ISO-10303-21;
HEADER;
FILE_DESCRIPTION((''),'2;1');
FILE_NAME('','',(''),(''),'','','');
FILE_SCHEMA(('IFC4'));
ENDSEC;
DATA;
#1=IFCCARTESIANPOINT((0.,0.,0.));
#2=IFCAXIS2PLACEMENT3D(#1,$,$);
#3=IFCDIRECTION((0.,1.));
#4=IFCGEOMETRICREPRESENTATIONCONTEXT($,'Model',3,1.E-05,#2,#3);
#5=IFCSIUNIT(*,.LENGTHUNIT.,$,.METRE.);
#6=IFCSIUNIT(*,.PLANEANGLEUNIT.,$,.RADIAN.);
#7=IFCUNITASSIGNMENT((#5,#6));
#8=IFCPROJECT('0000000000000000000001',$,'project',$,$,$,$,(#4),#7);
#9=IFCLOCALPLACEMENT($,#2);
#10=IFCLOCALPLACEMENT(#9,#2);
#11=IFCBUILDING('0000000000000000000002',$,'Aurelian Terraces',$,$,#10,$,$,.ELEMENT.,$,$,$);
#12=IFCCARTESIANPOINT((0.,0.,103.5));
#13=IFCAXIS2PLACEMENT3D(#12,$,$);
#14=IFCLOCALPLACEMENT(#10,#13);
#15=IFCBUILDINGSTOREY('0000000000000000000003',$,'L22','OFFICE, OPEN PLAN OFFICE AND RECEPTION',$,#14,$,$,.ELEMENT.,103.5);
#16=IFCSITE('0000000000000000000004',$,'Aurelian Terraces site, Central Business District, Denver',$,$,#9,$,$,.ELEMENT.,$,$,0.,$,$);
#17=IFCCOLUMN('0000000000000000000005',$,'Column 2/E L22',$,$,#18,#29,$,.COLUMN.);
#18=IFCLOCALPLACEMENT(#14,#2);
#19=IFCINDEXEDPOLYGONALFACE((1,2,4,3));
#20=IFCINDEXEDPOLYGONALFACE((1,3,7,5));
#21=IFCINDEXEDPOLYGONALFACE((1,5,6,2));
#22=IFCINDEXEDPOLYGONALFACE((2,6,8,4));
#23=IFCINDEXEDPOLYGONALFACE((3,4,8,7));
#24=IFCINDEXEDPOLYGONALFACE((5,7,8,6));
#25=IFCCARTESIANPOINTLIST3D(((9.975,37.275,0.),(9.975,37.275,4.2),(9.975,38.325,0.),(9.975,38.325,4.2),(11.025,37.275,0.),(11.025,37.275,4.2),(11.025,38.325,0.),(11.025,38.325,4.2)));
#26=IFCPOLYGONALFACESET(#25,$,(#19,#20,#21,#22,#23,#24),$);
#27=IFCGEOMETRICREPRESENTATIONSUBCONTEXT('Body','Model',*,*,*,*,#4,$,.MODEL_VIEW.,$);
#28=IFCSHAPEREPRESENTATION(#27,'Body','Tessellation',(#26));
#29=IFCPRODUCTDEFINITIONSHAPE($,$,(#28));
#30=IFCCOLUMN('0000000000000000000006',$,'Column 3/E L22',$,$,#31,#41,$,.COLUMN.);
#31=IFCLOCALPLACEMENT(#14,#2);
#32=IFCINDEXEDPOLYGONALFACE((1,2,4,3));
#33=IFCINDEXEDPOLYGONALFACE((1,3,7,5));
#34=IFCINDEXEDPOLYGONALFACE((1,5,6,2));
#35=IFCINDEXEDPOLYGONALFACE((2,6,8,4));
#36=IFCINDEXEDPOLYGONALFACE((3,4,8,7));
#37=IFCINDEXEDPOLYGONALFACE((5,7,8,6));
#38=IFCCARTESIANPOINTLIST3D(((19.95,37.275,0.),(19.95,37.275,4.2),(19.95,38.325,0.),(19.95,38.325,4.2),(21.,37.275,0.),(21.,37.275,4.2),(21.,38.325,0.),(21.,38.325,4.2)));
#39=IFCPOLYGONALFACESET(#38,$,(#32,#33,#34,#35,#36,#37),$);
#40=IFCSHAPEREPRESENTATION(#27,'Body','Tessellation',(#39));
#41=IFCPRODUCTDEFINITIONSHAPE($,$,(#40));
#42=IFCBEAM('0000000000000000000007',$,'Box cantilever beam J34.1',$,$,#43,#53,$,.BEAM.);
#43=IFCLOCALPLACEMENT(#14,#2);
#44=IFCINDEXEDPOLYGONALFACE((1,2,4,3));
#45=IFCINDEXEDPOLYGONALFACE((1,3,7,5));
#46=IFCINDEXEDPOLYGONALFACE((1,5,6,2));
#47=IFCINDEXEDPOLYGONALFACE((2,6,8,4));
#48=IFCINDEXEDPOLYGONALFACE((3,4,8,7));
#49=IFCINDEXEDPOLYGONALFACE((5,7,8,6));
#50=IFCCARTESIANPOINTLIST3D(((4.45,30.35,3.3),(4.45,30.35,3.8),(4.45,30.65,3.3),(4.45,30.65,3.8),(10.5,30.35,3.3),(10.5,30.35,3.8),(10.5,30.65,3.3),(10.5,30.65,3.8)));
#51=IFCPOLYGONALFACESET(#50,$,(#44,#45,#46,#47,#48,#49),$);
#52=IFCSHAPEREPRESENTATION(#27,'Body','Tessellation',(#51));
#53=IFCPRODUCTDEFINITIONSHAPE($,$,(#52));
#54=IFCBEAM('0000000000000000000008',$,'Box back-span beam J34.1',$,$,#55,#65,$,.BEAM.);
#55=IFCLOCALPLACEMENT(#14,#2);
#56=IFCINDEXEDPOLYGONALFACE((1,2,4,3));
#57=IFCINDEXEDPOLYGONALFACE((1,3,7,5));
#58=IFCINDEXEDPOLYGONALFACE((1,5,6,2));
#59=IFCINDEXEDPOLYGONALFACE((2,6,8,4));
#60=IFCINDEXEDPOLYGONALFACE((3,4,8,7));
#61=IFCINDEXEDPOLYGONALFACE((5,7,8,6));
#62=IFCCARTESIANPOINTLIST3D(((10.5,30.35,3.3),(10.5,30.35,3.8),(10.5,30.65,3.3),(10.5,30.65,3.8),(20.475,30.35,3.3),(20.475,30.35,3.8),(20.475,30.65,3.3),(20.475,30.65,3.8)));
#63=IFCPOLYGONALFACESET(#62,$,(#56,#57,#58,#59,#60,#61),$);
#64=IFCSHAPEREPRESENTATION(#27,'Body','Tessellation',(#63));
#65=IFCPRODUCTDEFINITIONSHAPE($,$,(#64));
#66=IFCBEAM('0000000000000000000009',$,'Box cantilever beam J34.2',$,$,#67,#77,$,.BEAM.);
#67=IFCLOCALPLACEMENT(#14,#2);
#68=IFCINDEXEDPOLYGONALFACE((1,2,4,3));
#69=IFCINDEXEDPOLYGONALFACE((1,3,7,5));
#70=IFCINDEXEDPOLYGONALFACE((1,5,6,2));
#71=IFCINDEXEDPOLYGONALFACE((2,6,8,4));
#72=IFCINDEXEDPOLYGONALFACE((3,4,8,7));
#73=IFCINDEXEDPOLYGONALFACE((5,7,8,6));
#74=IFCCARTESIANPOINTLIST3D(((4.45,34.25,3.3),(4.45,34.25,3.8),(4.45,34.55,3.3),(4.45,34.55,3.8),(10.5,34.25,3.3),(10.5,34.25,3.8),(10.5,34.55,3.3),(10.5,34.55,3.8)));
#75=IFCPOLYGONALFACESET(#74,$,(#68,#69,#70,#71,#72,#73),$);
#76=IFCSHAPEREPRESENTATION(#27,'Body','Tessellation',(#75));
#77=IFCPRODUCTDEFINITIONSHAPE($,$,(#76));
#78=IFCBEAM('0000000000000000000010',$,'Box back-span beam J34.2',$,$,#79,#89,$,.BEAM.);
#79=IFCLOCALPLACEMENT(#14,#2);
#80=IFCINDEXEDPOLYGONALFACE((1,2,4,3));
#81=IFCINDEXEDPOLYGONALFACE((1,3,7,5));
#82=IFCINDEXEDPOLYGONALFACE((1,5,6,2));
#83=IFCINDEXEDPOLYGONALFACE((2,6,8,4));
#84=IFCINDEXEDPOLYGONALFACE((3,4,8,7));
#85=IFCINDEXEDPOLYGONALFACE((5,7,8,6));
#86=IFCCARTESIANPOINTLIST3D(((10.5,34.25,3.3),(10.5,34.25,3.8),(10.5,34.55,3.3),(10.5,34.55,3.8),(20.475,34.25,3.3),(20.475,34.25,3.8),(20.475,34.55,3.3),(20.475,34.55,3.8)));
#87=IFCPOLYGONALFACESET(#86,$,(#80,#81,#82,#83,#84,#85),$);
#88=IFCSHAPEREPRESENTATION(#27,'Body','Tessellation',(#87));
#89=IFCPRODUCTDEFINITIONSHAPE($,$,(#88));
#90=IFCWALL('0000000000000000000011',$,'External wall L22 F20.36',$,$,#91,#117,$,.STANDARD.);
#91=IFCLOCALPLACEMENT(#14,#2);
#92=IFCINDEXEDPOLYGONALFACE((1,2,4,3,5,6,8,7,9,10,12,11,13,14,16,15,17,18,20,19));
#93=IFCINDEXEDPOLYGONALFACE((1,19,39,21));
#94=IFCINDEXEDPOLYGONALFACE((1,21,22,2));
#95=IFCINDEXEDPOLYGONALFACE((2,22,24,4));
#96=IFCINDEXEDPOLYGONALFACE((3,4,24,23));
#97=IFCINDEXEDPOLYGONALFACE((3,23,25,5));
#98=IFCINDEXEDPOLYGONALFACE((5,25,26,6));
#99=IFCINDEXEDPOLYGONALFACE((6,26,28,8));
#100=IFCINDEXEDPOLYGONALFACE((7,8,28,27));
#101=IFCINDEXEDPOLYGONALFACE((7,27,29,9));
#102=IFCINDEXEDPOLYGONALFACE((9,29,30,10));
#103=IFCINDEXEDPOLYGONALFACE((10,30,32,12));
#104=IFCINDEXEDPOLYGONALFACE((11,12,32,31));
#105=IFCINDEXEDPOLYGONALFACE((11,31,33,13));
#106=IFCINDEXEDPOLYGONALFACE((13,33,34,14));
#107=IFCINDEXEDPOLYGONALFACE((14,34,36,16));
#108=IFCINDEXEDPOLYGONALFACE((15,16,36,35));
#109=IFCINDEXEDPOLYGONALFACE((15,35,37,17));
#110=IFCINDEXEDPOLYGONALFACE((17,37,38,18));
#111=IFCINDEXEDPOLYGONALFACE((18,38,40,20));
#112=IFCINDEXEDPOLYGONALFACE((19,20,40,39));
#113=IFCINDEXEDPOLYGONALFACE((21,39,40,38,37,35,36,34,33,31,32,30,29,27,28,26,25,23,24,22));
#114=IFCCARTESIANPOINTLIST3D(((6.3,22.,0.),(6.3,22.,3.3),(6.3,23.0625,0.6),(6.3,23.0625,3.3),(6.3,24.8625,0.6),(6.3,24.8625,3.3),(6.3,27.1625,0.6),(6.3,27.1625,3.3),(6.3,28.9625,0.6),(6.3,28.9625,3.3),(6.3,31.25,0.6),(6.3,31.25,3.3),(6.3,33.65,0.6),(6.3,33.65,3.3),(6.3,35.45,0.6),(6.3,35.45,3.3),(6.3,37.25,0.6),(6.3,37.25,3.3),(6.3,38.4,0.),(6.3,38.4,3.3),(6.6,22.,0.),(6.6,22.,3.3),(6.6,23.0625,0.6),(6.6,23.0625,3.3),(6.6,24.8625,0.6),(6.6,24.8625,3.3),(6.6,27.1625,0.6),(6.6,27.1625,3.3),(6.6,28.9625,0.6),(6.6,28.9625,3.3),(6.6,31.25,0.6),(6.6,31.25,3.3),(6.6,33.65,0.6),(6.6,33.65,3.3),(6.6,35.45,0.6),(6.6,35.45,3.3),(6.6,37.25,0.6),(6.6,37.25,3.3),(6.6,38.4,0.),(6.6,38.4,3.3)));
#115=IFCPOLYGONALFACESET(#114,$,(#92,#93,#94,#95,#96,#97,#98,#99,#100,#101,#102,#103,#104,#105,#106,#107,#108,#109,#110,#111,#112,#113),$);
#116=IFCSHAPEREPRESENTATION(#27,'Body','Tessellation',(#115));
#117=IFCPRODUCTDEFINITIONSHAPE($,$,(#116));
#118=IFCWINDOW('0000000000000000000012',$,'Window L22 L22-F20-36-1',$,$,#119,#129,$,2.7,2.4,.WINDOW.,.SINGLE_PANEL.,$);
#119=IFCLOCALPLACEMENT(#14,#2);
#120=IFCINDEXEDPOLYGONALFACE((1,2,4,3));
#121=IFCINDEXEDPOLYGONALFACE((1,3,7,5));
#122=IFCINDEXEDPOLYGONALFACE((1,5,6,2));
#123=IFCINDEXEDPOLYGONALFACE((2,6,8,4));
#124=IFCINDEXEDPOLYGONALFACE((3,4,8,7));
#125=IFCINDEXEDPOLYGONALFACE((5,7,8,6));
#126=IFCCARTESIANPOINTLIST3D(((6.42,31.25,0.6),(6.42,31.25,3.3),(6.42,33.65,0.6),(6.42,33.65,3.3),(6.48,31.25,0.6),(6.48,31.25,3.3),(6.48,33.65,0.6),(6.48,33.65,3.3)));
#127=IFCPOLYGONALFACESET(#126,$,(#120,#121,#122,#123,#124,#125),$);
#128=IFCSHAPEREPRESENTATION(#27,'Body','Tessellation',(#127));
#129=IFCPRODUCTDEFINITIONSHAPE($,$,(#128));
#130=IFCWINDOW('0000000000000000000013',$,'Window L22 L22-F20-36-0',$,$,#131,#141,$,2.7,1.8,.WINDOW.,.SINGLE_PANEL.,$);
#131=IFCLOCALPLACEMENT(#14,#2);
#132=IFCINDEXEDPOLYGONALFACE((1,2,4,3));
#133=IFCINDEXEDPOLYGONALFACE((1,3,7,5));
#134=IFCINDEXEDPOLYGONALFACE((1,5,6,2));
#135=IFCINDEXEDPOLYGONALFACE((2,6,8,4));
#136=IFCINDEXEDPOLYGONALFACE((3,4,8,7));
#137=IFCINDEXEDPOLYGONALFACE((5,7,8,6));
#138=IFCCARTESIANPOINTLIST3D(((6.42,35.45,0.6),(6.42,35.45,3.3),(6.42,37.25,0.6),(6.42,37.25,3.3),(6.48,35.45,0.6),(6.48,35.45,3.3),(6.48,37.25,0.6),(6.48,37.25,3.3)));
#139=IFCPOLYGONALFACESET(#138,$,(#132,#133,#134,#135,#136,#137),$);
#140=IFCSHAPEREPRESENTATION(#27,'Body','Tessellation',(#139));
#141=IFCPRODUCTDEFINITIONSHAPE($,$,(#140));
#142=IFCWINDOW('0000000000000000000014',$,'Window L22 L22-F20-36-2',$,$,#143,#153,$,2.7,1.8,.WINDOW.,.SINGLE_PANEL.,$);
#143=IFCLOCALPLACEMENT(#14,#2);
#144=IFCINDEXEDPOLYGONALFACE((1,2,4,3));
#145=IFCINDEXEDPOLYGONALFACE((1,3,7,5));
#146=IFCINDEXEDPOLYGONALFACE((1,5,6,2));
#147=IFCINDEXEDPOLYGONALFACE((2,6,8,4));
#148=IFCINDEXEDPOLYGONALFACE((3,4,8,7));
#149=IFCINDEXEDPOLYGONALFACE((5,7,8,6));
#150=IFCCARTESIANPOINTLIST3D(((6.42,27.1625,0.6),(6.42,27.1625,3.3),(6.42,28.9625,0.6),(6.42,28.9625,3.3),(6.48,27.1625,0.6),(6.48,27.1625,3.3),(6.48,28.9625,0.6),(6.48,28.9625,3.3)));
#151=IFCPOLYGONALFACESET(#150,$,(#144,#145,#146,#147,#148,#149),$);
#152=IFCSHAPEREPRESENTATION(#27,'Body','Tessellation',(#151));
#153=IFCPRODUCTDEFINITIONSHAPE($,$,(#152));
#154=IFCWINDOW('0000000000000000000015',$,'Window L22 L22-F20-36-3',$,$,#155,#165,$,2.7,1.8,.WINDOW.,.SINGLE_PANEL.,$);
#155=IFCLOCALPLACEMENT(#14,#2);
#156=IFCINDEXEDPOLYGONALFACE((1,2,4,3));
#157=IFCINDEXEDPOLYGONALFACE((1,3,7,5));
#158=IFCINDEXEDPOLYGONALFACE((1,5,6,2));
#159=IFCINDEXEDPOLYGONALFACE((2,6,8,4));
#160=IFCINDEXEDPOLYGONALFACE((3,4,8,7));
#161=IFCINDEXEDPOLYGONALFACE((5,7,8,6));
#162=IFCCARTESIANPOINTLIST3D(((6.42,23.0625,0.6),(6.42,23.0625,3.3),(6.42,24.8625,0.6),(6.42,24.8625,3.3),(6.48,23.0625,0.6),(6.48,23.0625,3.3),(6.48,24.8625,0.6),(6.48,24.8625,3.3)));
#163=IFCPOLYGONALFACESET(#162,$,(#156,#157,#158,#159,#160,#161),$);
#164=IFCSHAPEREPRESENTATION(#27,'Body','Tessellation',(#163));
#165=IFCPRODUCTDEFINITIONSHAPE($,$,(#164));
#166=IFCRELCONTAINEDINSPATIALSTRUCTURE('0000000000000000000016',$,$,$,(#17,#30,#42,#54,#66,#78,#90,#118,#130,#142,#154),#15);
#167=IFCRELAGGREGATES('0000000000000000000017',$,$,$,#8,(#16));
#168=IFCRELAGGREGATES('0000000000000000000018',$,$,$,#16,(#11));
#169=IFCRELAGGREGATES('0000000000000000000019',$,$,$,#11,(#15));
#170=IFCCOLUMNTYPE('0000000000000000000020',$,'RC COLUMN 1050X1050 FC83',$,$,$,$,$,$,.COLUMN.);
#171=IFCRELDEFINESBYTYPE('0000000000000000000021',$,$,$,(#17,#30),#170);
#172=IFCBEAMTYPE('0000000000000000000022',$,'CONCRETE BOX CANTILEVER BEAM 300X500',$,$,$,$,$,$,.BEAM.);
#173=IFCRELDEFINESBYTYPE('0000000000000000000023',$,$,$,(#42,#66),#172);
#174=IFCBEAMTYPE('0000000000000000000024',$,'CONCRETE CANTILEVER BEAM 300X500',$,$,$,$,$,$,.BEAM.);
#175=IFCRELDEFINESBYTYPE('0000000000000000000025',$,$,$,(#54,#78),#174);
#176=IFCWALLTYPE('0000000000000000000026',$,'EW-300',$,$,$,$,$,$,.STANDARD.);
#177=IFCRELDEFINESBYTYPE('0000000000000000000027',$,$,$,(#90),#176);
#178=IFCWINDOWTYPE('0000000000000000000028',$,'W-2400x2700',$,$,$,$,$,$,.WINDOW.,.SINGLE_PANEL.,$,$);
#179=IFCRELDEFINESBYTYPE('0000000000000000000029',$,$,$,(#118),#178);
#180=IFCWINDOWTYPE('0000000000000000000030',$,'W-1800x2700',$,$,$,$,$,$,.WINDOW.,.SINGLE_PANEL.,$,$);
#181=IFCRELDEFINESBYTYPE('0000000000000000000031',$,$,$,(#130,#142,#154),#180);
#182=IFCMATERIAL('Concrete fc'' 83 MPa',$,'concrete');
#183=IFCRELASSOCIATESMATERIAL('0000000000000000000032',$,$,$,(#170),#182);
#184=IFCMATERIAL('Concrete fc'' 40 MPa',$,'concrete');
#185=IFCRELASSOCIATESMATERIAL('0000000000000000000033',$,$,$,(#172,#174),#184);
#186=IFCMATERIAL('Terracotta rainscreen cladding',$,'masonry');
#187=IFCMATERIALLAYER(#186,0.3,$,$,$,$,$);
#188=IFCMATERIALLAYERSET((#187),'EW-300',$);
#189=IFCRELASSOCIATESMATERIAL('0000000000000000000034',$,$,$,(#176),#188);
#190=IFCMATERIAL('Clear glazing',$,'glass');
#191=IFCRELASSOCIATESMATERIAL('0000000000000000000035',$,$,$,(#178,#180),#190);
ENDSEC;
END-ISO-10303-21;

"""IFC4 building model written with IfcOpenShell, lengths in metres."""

from ifc_helpers import new_model, si_unit, direction, frame, frame_2d, origin, origin_2d, place, context, subcontext, project, spatial, rectangle, extrude, source, transform, mapped, material, layer, layer_set, material_profile, profile_set, type_object, element, fill, save


model = new_model("IFC4")

# Units and contexts
model_context = context("Model", 3, precision=1e-05, world=origin(), true_north=direction((0.0, 1.0)))
body_context = subcontext(model_context, "Body", "Model", "MODEL_VIEW")
ifc_project = project(units=[si_unit("LENGTHUNIT", "METRE"), si_unit("PLANEANGLEUNIT", "RADIAN")], contexts=[model_context])

# Site, building, storey
site_placement = place(None, origin())
site = spatial("IfcSite", under=ifc_project, at=site_placement, Name="Aurelian Terraces site, Central Business District, Denver", CompositionType="ELEMENT", RefElevation=0.0)
building_placement = place(site_placement, origin())
building = spatial("IfcBuilding", under=site, at=building_placement, Name="Aurelian Terraces", CompositionType="ELEMENT")
storey_placement = place(building_placement, frame((0.0, 0.0, 103.5)))
storey = spatial("IfcBuildingStorey", under=building, at=storey_placement, Name="L22", Description="OFFICE, OPEN PLAN OFFICE AND RECEPTION", CompositionType="ELEMENT", Elevation=103.5)

# Columns
ifc_material_1 = material(Name="Concrete fc' 83 MPa", Category="concrete")
ifc_material_profile_1 = material_profile(ifc_material_1, rectangle(XDim=1.05, YDim=1.05, at=origin_2d()))
ifc_profile_set_1 = profile_set([ifc_material_profile_1], Name="Concrete fc' 83 MPa")
column_type = type_object("IfcColumnType", Name="RC COLUMN 1050X1050 FC83", PredefinedType="COLUMN", material=ifc_profile_set_1)
shared_shape_1 = source(origin(), body_context, "Body", "SweptSolid", [
    extrude(rectangle(XDim=1.05, YDim=1.05, at=origin_2d()), origin(), (0.0, 0.0, 1.0), 4.2),
])
for number, where, z_axis, x_axis, name in (
    (1, (10.5, 37.8, 0.0), (0.0, 0.0, 1.0), (1.0, 0.0, 0.0), "Column 2/E L22"),
    (2, (20.475, 37.8, 0.0), (0.0, 0.0, 1.0), (1.0, 0.0, 0.0), "Column 3/E L22"),
):
    element("IfcColumn", number, at=place(storey_placement, frame(where, z_axis=z_axis, x_axis=x_axis)), inside=storey, type_object=column_type, Name=name, PredefinedType="COLUMN", context=body_context, shape_type="MappedRepresentation", body=[
        mapped(shared_shape_1, transform((0.0, 0.0, 0.0), scale=1.0)),
    ])

# Beams
ifc_material_2 = material(Name="Concrete fc' 40 MPa", Category="concrete")
ifc_material_profile_2 = material_profile(ifc_material_2, rectangle(XDim=0.3, YDim=0.5, at=origin_2d()))
ifc_profile_set_2 = profile_set([ifc_material_profile_2], Name="Concrete fc' 40 MPa")
beam_type_1 = type_object("IfcBeamType", Name="CONCRETE BOX CANTILEVER BEAM 300X500", PredefinedType="BEAM", material=ifc_profile_set_2)
beam_1_placement = place(storey_placement, frame((4.45, 30.5, 3.55), z_axis=(1.0, 0.0, 0.0), x_axis=(0.0, 1.0, 0.0)))
element("IfcBeam", 3, at=beam_1_placement, inside=storey, type_object=beam_type_1, Name="Box cantilever beam J34.1", PredefinedType="BEAM", context=body_context, shape_type="SweptSolid", body=[
    extrude(rectangle(XDim=0.3, YDim=0.5, at=origin_2d()), origin(), (0.0, 0.0, 1.0), 6.05),
])
ifc_material_profile_3 = material_profile(ifc_material_2, rectangle(XDim=0.3, YDim=0.5, at=origin_2d()))
ifc_profile_set_3 = profile_set([ifc_material_profile_3], Name="Concrete fc' 40 MPa")
beam_type_2 = type_object("IfcBeamType", Name="CONCRETE CANTILEVER BEAM 300X500", PredefinedType="BEAM", material=ifc_profile_set_3)
beam_2_placement = place(storey_placement, frame((10.5, 30.5, 3.55), z_axis=(1.0, 0.0, 0.0), x_axis=(0.0, 1.0, 0.0)))
element("IfcBeam", 4, at=beam_2_placement, inside=storey, type_object=beam_type_2, Name="Box back-span beam J34.1", PredefinedType="BEAM", context=body_context, shape_type="SweptSolid", body=[
    extrude(rectangle(XDim=0.3, YDim=0.5, at=origin_2d()), origin(), (0.0, 0.0, 1.0), 9.975),
])
shared_shape_2 = source(origin(), body_context, "Body", "SweptSolid", [
    extrude(rectangle(XDim=0.3, YDim=0.5, at=origin_2d()), origin(), (0.0, 0.0, 1.0), 6.05),
])
beam_3_placement = place(storey_placement, frame((4.45, 34.4, 3.55), z_axis=(1.0, 0.0, 0.0), x_axis=(0.0, 1.0, 0.0)))
element("IfcBeam", 5, at=beam_3_placement, inside=storey, type_object=beam_type_1, Name="Box cantilever beam J34.2", PredefinedType="BEAM", context=body_context, shape_type="MappedRepresentation", body=[
    mapped(shared_shape_2, transform((0.0, 0.0, 0.0), scale=1.0)),
])
shared_shape_3 = source(origin(), body_context, "Body", "SweptSolid", [
    extrude(rectangle(XDim=0.3, YDim=0.5, at=origin_2d()), origin(), (0.0, 0.0, 1.0), 9.975),
])
beam_4_placement = place(storey_placement, frame((10.5, 34.4, 3.55), z_axis=(1.0, 0.0, 0.0), x_axis=(0.0, 1.0, 0.0)))
element("IfcBeam", 6, at=beam_4_placement, inside=storey, type_object=beam_type_2, Name="Box back-span beam J34.2", PredefinedType="BEAM", context=body_context, shape_type="MappedRepresentation", body=[
    mapped(shared_shape_3, transform((0.0, 0.0, 0.0), scale=1.0)),
])

# Wall, openings, windows
ifc_material_3 = material(Name="Terracotta rainscreen cladding", Category="masonry")
ifc_layer_1 = layer(ifc_material_3, 0.3)
ifc_layer_set_1 = layer_set([ifc_layer_1], Name="EW-300")
wall_type_1 = type_object("IfcWallType", Name="EW-300", PredefinedType="STANDARD", material=ifc_layer_set_1)
wall_1_placement = place(storey_placement, frame((6.45, 38.4, 0.0), z_axis=(0.0, 0.0, 1.0), x_axis=(0.0, -1.0, 0.0)))
wall_1 = element("IfcWall", 7, at=wall_1_placement, inside=storey, type_object=wall_type_1, Name="External wall L22 F20.36", PredefinedType="STANDARD", context=body_context, shape_type="SweptSolid", body=[
    extrude(rectangle(XDim=16.4, YDim=0.3, at=frame_2d((8.2, 0.0))), origin(), (0.0, 0.0, 1.0), 3.3),
])
shared_shape_4 = source(origin(), body_context, "Body", "SweptSolid", [
    extrude(rectangle(XDim=1.8, YDim=2.7, at=frame_2d((0.9, 1.35))), frame((0.0, 0.16, 0.0), z_axis=(0.0, -1.0, 0.0), x_axis=(1.0, 0.0, 0.0)), (0.0, 0.0, 1.0), 0.32),
])
opening_1_placement = place(wall_1_placement, frame((1.15, 0.0, 0.6)))
opening_1 = element("IfcOpeningElement", 8, at=opening_1_placement, cuts=wall_1, PredefinedType="OPENING", context=body_context, shape_type="MappedRepresentation", body=[
    mapped(shared_shape_4, transform((0.0, 0.0, 0.0), scale=1.0)),
])
shared_shape_5 = source(origin(), body_context, "Body", "SweptSolid", [
    extrude(rectangle(XDim=2.4, YDim=2.7, at=frame_2d((1.2, 1.35))), frame((0.0, 0.16, 0.0), z_axis=(0.0, -1.0, 0.0), x_axis=(1.0, 0.0, 0.0)), (0.0, 0.0, 1.0), 0.32),
])
opening_2_placement = place(wall_1_placement, frame((4.75, 0.0, 0.6)))
opening_2 = element("IfcOpeningElement", 9, at=opening_2_placement, cuts=wall_1, PredefinedType="OPENING", context=body_context, shape_type="MappedRepresentation", body=[
    mapped(shared_shape_5, transform((0.0, 0.0, 0.0), scale=1.0)),
])
opening_3_placement = place(wall_1_placement, frame((9.4375, 0.0, 0.6)))
opening_3 = element("IfcOpeningElement", 10, at=opening_3_placement, cuts=wall_1, PredefinedType="OPENING", context=body_context, shape_type="MappedRepresentation", body=[
    mapped(shared_shape_4, transform((0.0, 0.0, 0.0), scale=1.0)),
])
opening_4_placement = place(wall_1_placement, frame((13.5375, 0.0, 0.6)))
opening_4 = element("IfcOpeningElement", 11, at=opening_4_placement, cuts=wall_1, PredefinedType="OPENING", context=body_context, shape_type="MappedRepresentation", body=[
    mapped(shared_shape_4, transform((0.0, 0.0, 0.0), scale=1.0)),
])
ifc_material_4 = material(Name="Clear glazing", Category="glass")
window_type_1 = type_object("IfcWindowType", Name="W-2400x2700", PartitioningType="SINGLE_PANEL", PredefinedType="WINDOW", material=ifc_material_4)
shared_shape_6 = source(origin(), body_context, "Body", "SweptSolid", [
    extrude(rectangle(XDim=2.4, YDim=2.7, at=frame_2d((1.2, 1.35))), frame((0.0, 0.03, 0.0), z_axis=(0.0, -1.0, 0.0), x_axis=(1.0, 0.0, 0.0)), (0.0, 0.0, 1.0), 0.06),
])
window_1_placement = place(opening_2_placement, origin())
window_1 = element("IfcWindow", 12, at=window_1_placement, inside=storey, type_object=window_type_1, Name="Window L22 L22-F20-36-1", OverallHeight=2.7, OverallWidth=2.4, PartitioningType="SINGLE_PANEL", PredefinedType="WINDOW", context=body_context, shape_type="MappedRepresentation", body=[
    mapped(shared_shape_6, transform((0.0, 0.0, 0.0), scale=1.0)),
])
fill(opening_2, window_1)
window_type_2 = type_object("IfcWindowType", Name="W-1800x2700", PartitioningType="SINGLE_PANEL", PredefinedType="WINDOW", material=ifc_material_4)
shared_shape_7 = source(origin(), body_context, "Body", "SweptSolid", [
    extrude(rectangle(XDim=1.8, YDim=2.7, at=frame_2d((0.9, 1.35))), frame((0.0, 0.03, 0.0), z_axis=(0.0, -1.0, 0.0), x_axis=(1.0, 0.0, 0.0)), (0.0, 0.0, 1.0), 0.06),
])
window_2_placement = place(opening_1_placement, origin())
window_2 = element("IfcWindow", 13, at=window_2_placement, inside=storey, type_object=window_type_2, Name="Window L22 L22-F20-36-0", OverallHeight=2.7, OverallWidth=1.8, PartitioningType="SINGLE_PANEL", PredefinedType="WINDOW", context=body_context, shape_type="MappedRepresentation", body=[
    mapped(shared_shape_7, transform((0.0, 0.0, 0.0), scale=1.0)),
])
fill(opening_1, window_2)
window_3_placement = place(opening_3_placement, origin())
window_3 = element("IfcWindow", 14, at=window_3_placement, inside=storey, type_object=window_type_2, Name="Window L22 L22-F20-36-2", OverallHeight=2.7, OverallWidth=1.8, PartitioningType="SINGLE_PANEL", PredefinedType="WINDOW", context=body_context, shape_type="MappedRepresentation", body=[
    mapped(shared_shape_7, transform((0.0, 0.0, 0.0), scale=1.0)),
])
fill(opening_3, window_3)
window_4_placement = place(opening_4_placement, origin())
window_4 = element("IfcWindow", 15, at=window_4_placement, inside=storey, type_object=window_type_2, Name="Window L22 L22-F20-36-3", OverallHeight=2.7, OverallWidth=1.8, PartitioningType="SINGLE_PANEL", PredefinedType="WINDOW", context=body_context, shape_type="MappedRepresentation", body=[
    mapped(shared_shape_7, transform((0.0, 0.0, 0.0), scale=1.0)),
])
fill(opening_4, window_4)

save(model, "model.ifc")
